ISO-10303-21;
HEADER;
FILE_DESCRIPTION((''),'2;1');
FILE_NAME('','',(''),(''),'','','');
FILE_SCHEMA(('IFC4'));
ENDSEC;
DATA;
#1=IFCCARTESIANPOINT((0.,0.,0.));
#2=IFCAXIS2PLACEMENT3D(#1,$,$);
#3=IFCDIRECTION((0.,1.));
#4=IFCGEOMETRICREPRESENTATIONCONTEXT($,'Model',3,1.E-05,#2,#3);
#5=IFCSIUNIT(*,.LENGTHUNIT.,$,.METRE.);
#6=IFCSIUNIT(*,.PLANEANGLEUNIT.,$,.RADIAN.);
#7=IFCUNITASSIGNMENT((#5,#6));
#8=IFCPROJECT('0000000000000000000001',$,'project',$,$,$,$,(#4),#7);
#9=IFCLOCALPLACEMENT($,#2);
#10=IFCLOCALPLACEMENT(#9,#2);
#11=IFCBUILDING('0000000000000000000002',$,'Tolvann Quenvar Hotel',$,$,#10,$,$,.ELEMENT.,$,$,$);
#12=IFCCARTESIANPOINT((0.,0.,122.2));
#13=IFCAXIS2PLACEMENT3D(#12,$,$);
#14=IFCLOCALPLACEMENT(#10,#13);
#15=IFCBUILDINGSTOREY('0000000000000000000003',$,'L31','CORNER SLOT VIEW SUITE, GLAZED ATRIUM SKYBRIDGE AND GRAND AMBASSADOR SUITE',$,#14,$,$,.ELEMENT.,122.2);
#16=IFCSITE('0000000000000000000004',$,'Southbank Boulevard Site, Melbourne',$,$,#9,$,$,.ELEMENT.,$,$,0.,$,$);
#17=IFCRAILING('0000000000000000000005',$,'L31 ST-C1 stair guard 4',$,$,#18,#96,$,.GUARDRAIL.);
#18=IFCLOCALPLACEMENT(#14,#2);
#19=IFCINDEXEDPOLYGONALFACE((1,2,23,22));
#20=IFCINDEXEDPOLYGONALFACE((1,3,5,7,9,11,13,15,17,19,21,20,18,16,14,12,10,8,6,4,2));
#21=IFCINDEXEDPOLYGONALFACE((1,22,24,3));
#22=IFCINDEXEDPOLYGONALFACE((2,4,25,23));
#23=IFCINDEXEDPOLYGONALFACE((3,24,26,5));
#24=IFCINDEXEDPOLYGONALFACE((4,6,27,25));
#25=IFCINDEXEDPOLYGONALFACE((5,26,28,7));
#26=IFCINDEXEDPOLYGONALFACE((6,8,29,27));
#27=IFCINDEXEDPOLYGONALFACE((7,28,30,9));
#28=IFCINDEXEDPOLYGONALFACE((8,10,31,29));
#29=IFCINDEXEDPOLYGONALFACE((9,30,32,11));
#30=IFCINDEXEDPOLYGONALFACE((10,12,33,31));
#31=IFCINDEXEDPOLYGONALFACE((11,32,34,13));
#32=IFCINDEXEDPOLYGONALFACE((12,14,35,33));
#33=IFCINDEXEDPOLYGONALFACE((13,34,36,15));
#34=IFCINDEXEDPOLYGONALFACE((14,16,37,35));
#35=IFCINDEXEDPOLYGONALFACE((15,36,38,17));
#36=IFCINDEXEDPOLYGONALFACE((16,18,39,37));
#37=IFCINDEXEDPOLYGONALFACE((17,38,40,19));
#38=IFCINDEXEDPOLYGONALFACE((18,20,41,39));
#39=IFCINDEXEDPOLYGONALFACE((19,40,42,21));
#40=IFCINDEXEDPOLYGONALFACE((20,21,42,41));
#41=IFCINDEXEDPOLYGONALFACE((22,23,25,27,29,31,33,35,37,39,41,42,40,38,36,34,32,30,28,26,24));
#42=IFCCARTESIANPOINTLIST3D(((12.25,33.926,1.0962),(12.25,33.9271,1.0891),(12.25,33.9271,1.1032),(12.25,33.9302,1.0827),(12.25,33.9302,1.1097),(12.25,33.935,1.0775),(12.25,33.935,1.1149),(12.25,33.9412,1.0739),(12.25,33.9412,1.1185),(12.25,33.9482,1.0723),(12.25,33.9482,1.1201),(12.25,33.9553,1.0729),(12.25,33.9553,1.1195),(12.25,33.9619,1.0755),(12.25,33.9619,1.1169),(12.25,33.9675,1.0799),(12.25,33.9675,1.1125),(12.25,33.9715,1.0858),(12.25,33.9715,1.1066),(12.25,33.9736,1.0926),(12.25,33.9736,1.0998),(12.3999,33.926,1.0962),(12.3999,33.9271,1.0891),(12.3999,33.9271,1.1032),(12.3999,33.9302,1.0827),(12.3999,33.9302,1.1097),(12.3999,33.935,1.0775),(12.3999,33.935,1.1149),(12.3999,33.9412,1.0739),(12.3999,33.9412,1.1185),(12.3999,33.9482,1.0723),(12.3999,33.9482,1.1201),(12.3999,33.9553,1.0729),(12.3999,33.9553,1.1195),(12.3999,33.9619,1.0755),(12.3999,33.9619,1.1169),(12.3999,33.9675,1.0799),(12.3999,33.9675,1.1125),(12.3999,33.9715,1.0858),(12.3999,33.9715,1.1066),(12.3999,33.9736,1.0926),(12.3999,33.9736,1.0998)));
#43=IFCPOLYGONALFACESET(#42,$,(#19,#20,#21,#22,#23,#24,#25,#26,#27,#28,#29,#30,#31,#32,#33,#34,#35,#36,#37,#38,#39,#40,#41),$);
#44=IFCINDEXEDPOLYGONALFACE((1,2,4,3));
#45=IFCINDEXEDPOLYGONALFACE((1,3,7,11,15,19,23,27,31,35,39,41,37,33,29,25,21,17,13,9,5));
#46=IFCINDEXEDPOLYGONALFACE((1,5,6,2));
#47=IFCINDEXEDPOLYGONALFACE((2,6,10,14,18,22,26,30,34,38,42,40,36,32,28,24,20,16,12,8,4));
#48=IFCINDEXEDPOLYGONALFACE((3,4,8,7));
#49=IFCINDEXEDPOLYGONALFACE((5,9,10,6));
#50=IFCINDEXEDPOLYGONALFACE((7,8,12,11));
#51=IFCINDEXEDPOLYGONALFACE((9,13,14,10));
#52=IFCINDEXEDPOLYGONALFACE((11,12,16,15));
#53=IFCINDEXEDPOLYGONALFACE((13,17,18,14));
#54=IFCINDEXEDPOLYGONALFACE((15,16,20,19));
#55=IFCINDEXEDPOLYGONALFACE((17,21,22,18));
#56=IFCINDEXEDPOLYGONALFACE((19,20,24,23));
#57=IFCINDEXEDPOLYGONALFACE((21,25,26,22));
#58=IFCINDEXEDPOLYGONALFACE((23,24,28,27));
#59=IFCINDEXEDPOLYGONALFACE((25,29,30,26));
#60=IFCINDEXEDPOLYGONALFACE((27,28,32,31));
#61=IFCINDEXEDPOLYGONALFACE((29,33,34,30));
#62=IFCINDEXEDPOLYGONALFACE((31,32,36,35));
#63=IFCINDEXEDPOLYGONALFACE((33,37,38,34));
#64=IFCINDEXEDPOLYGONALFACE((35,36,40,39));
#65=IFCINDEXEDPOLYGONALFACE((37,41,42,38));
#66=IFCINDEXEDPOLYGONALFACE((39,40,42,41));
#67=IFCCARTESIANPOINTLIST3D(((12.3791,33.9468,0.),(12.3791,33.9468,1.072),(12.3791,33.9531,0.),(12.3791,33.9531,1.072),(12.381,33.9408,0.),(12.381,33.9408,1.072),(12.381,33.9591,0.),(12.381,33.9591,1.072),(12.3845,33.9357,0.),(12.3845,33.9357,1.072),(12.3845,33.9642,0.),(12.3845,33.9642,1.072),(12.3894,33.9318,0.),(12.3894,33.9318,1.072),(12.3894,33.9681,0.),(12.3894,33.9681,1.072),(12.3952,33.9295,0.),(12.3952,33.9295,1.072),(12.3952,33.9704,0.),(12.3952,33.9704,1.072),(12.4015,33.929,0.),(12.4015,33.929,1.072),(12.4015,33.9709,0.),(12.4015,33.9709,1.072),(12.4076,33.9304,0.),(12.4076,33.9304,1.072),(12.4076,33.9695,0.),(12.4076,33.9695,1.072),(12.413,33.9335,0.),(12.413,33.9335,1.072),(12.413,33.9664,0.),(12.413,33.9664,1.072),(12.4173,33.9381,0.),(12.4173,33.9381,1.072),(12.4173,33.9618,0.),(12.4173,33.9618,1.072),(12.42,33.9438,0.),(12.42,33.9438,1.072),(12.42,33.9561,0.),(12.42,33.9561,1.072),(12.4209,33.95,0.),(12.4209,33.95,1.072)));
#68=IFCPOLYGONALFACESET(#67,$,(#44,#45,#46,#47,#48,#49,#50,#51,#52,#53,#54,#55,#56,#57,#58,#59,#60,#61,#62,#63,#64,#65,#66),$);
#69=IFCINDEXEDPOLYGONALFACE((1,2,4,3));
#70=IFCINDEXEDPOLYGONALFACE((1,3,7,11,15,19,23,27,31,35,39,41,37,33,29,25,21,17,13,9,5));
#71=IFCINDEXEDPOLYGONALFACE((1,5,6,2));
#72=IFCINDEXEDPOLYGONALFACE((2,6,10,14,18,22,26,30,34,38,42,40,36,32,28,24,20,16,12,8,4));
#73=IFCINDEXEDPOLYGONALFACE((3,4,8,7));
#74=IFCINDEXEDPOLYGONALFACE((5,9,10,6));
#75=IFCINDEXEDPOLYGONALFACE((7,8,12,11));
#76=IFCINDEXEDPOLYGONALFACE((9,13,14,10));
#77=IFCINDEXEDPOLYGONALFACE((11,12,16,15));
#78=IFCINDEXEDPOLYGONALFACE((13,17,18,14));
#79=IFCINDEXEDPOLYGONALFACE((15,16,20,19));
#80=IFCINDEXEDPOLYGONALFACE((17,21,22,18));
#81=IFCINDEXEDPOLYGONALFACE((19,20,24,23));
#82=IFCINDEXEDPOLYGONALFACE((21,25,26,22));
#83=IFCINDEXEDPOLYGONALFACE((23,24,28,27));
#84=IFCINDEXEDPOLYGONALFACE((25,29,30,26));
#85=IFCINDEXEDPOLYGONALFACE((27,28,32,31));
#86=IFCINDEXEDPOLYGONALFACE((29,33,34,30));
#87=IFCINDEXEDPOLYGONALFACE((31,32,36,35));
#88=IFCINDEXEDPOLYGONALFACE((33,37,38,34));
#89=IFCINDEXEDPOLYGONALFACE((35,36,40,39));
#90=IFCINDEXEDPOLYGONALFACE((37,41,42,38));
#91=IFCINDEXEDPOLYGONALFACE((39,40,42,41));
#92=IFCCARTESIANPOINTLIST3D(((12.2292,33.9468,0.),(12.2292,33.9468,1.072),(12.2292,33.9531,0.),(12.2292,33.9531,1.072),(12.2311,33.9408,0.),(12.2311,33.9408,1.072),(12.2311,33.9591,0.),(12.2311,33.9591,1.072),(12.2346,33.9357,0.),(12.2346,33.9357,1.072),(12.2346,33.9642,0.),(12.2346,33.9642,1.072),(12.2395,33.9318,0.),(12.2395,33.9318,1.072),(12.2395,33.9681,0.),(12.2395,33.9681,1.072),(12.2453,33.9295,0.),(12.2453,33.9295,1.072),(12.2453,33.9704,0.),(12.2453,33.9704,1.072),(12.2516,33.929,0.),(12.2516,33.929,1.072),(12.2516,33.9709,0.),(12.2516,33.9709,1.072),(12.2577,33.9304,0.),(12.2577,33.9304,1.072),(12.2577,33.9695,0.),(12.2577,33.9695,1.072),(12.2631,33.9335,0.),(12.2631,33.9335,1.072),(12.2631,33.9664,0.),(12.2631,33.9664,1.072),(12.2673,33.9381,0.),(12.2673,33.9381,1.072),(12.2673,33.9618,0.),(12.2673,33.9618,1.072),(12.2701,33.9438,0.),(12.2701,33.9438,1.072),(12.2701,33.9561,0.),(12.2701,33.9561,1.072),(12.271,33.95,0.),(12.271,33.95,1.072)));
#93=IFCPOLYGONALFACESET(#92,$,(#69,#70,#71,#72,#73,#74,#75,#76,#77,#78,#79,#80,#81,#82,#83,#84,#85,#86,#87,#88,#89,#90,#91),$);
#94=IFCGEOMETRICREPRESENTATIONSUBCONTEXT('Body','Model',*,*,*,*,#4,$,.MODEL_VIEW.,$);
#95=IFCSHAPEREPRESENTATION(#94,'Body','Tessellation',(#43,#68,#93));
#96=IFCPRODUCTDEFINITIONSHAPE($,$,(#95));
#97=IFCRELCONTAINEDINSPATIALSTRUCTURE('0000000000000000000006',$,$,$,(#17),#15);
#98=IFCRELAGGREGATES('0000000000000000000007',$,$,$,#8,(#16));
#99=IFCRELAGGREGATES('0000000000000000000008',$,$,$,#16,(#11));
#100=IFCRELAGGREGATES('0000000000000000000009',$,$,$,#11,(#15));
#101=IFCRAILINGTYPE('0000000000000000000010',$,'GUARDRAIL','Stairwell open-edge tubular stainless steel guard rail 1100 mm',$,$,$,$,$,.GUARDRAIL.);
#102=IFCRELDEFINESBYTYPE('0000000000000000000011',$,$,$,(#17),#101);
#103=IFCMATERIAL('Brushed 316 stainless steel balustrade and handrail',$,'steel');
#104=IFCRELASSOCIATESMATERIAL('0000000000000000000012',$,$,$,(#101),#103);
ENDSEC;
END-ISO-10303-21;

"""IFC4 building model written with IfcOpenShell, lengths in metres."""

from ifc_helpers import new_model, si_unit, direction, frame, origin, origin_2d, place, context, subcontext, project, spatial, circle, extrude, material, type_object, element, save


model = new_model("IFC4")

# Units and contexts
model_context = context("Model", 3, precision=1e-05, world=origin(), true_north=direction((0.0, 1.0)))
body_context = subcontext(model_context, "Body", "Model", "MODEL_VIEW")
ifc_project = project(units=[si_unit("LENGTHUNIT", "METRE"), si_unit("PLANEANGLEUNIT", "RADIAN")], contexts=[model_context])

# Site, building, storey
site_placement = place(None, origin())
site = spatial("IfcSite", under=ifc_project, at=site_placement, Name="Southbank Boulevard Site, Melbourne", CompositionType="ELEMENT", RefElevation=0.0)
building_placement = place(site_placement, origin())
building = spatial("IfcBuilding", under=site, at=building_placement, Name="Tolvann Quenvar Hotel", CompositionType="ELEMENT")
storey_placement = place(building_placement, frame((0.0, 0.0, 122.2)))
storey = spatial("IfcBuildingStorey", under=building, at=storey_placement, Name="L31", Description="CORNER SLOT VIEW SUITE, GLAZED ATRIUM SKYBRIDGE AND GRAND AMBASSADOR SUITE", CompositionType="ELEMENT", Elevation=122.2)

# Railing
ifc_material_1 = material(Name="Brushed 316 stainless steel balustrade and handrail", Category="steel")
railing_type_1 = type_object("IfcRailingType", Name="GUARDRAIL", Description="Stairwell open-edge tubular stainless steel guard rail 1100 mm", PredefinedType="GUARDRAIL", material=ifc_material_1)
railing_1_placement = place(storey_placement, frame((12.3999, 33.95, 0.0)))
element("IfcRailing", 1, at=railing_1_placement, inside=storey, type_object=railing_type_1, Name="L31 ST-C1 stair guard 4", PredefinedType="GUARDRAIL", context=body_context, shape_type="SweptSolid", body=[
    extrude(circle(Radius=0.0239, at=origin_2d()), frame((0.0, 0.0, 1.0962), z_axis=(-1.0, 0.0, 0.0), x_axis=(0.0, -1.0, 0.0)), (0.0, 0.0, 1.0), 0.1499),
    extrude(circle(Radius=0.021, at=origin_2d()), origin(), (0.0, 0.0, 1.0), 1.072),
    extrude(circle(Radius=0.021, at=origin_2d()), frame((-0.1499, 0.0, 0.0)), (0.0, 0.0, 1.0), 1.072),
])

save(model, "model.ifc")
